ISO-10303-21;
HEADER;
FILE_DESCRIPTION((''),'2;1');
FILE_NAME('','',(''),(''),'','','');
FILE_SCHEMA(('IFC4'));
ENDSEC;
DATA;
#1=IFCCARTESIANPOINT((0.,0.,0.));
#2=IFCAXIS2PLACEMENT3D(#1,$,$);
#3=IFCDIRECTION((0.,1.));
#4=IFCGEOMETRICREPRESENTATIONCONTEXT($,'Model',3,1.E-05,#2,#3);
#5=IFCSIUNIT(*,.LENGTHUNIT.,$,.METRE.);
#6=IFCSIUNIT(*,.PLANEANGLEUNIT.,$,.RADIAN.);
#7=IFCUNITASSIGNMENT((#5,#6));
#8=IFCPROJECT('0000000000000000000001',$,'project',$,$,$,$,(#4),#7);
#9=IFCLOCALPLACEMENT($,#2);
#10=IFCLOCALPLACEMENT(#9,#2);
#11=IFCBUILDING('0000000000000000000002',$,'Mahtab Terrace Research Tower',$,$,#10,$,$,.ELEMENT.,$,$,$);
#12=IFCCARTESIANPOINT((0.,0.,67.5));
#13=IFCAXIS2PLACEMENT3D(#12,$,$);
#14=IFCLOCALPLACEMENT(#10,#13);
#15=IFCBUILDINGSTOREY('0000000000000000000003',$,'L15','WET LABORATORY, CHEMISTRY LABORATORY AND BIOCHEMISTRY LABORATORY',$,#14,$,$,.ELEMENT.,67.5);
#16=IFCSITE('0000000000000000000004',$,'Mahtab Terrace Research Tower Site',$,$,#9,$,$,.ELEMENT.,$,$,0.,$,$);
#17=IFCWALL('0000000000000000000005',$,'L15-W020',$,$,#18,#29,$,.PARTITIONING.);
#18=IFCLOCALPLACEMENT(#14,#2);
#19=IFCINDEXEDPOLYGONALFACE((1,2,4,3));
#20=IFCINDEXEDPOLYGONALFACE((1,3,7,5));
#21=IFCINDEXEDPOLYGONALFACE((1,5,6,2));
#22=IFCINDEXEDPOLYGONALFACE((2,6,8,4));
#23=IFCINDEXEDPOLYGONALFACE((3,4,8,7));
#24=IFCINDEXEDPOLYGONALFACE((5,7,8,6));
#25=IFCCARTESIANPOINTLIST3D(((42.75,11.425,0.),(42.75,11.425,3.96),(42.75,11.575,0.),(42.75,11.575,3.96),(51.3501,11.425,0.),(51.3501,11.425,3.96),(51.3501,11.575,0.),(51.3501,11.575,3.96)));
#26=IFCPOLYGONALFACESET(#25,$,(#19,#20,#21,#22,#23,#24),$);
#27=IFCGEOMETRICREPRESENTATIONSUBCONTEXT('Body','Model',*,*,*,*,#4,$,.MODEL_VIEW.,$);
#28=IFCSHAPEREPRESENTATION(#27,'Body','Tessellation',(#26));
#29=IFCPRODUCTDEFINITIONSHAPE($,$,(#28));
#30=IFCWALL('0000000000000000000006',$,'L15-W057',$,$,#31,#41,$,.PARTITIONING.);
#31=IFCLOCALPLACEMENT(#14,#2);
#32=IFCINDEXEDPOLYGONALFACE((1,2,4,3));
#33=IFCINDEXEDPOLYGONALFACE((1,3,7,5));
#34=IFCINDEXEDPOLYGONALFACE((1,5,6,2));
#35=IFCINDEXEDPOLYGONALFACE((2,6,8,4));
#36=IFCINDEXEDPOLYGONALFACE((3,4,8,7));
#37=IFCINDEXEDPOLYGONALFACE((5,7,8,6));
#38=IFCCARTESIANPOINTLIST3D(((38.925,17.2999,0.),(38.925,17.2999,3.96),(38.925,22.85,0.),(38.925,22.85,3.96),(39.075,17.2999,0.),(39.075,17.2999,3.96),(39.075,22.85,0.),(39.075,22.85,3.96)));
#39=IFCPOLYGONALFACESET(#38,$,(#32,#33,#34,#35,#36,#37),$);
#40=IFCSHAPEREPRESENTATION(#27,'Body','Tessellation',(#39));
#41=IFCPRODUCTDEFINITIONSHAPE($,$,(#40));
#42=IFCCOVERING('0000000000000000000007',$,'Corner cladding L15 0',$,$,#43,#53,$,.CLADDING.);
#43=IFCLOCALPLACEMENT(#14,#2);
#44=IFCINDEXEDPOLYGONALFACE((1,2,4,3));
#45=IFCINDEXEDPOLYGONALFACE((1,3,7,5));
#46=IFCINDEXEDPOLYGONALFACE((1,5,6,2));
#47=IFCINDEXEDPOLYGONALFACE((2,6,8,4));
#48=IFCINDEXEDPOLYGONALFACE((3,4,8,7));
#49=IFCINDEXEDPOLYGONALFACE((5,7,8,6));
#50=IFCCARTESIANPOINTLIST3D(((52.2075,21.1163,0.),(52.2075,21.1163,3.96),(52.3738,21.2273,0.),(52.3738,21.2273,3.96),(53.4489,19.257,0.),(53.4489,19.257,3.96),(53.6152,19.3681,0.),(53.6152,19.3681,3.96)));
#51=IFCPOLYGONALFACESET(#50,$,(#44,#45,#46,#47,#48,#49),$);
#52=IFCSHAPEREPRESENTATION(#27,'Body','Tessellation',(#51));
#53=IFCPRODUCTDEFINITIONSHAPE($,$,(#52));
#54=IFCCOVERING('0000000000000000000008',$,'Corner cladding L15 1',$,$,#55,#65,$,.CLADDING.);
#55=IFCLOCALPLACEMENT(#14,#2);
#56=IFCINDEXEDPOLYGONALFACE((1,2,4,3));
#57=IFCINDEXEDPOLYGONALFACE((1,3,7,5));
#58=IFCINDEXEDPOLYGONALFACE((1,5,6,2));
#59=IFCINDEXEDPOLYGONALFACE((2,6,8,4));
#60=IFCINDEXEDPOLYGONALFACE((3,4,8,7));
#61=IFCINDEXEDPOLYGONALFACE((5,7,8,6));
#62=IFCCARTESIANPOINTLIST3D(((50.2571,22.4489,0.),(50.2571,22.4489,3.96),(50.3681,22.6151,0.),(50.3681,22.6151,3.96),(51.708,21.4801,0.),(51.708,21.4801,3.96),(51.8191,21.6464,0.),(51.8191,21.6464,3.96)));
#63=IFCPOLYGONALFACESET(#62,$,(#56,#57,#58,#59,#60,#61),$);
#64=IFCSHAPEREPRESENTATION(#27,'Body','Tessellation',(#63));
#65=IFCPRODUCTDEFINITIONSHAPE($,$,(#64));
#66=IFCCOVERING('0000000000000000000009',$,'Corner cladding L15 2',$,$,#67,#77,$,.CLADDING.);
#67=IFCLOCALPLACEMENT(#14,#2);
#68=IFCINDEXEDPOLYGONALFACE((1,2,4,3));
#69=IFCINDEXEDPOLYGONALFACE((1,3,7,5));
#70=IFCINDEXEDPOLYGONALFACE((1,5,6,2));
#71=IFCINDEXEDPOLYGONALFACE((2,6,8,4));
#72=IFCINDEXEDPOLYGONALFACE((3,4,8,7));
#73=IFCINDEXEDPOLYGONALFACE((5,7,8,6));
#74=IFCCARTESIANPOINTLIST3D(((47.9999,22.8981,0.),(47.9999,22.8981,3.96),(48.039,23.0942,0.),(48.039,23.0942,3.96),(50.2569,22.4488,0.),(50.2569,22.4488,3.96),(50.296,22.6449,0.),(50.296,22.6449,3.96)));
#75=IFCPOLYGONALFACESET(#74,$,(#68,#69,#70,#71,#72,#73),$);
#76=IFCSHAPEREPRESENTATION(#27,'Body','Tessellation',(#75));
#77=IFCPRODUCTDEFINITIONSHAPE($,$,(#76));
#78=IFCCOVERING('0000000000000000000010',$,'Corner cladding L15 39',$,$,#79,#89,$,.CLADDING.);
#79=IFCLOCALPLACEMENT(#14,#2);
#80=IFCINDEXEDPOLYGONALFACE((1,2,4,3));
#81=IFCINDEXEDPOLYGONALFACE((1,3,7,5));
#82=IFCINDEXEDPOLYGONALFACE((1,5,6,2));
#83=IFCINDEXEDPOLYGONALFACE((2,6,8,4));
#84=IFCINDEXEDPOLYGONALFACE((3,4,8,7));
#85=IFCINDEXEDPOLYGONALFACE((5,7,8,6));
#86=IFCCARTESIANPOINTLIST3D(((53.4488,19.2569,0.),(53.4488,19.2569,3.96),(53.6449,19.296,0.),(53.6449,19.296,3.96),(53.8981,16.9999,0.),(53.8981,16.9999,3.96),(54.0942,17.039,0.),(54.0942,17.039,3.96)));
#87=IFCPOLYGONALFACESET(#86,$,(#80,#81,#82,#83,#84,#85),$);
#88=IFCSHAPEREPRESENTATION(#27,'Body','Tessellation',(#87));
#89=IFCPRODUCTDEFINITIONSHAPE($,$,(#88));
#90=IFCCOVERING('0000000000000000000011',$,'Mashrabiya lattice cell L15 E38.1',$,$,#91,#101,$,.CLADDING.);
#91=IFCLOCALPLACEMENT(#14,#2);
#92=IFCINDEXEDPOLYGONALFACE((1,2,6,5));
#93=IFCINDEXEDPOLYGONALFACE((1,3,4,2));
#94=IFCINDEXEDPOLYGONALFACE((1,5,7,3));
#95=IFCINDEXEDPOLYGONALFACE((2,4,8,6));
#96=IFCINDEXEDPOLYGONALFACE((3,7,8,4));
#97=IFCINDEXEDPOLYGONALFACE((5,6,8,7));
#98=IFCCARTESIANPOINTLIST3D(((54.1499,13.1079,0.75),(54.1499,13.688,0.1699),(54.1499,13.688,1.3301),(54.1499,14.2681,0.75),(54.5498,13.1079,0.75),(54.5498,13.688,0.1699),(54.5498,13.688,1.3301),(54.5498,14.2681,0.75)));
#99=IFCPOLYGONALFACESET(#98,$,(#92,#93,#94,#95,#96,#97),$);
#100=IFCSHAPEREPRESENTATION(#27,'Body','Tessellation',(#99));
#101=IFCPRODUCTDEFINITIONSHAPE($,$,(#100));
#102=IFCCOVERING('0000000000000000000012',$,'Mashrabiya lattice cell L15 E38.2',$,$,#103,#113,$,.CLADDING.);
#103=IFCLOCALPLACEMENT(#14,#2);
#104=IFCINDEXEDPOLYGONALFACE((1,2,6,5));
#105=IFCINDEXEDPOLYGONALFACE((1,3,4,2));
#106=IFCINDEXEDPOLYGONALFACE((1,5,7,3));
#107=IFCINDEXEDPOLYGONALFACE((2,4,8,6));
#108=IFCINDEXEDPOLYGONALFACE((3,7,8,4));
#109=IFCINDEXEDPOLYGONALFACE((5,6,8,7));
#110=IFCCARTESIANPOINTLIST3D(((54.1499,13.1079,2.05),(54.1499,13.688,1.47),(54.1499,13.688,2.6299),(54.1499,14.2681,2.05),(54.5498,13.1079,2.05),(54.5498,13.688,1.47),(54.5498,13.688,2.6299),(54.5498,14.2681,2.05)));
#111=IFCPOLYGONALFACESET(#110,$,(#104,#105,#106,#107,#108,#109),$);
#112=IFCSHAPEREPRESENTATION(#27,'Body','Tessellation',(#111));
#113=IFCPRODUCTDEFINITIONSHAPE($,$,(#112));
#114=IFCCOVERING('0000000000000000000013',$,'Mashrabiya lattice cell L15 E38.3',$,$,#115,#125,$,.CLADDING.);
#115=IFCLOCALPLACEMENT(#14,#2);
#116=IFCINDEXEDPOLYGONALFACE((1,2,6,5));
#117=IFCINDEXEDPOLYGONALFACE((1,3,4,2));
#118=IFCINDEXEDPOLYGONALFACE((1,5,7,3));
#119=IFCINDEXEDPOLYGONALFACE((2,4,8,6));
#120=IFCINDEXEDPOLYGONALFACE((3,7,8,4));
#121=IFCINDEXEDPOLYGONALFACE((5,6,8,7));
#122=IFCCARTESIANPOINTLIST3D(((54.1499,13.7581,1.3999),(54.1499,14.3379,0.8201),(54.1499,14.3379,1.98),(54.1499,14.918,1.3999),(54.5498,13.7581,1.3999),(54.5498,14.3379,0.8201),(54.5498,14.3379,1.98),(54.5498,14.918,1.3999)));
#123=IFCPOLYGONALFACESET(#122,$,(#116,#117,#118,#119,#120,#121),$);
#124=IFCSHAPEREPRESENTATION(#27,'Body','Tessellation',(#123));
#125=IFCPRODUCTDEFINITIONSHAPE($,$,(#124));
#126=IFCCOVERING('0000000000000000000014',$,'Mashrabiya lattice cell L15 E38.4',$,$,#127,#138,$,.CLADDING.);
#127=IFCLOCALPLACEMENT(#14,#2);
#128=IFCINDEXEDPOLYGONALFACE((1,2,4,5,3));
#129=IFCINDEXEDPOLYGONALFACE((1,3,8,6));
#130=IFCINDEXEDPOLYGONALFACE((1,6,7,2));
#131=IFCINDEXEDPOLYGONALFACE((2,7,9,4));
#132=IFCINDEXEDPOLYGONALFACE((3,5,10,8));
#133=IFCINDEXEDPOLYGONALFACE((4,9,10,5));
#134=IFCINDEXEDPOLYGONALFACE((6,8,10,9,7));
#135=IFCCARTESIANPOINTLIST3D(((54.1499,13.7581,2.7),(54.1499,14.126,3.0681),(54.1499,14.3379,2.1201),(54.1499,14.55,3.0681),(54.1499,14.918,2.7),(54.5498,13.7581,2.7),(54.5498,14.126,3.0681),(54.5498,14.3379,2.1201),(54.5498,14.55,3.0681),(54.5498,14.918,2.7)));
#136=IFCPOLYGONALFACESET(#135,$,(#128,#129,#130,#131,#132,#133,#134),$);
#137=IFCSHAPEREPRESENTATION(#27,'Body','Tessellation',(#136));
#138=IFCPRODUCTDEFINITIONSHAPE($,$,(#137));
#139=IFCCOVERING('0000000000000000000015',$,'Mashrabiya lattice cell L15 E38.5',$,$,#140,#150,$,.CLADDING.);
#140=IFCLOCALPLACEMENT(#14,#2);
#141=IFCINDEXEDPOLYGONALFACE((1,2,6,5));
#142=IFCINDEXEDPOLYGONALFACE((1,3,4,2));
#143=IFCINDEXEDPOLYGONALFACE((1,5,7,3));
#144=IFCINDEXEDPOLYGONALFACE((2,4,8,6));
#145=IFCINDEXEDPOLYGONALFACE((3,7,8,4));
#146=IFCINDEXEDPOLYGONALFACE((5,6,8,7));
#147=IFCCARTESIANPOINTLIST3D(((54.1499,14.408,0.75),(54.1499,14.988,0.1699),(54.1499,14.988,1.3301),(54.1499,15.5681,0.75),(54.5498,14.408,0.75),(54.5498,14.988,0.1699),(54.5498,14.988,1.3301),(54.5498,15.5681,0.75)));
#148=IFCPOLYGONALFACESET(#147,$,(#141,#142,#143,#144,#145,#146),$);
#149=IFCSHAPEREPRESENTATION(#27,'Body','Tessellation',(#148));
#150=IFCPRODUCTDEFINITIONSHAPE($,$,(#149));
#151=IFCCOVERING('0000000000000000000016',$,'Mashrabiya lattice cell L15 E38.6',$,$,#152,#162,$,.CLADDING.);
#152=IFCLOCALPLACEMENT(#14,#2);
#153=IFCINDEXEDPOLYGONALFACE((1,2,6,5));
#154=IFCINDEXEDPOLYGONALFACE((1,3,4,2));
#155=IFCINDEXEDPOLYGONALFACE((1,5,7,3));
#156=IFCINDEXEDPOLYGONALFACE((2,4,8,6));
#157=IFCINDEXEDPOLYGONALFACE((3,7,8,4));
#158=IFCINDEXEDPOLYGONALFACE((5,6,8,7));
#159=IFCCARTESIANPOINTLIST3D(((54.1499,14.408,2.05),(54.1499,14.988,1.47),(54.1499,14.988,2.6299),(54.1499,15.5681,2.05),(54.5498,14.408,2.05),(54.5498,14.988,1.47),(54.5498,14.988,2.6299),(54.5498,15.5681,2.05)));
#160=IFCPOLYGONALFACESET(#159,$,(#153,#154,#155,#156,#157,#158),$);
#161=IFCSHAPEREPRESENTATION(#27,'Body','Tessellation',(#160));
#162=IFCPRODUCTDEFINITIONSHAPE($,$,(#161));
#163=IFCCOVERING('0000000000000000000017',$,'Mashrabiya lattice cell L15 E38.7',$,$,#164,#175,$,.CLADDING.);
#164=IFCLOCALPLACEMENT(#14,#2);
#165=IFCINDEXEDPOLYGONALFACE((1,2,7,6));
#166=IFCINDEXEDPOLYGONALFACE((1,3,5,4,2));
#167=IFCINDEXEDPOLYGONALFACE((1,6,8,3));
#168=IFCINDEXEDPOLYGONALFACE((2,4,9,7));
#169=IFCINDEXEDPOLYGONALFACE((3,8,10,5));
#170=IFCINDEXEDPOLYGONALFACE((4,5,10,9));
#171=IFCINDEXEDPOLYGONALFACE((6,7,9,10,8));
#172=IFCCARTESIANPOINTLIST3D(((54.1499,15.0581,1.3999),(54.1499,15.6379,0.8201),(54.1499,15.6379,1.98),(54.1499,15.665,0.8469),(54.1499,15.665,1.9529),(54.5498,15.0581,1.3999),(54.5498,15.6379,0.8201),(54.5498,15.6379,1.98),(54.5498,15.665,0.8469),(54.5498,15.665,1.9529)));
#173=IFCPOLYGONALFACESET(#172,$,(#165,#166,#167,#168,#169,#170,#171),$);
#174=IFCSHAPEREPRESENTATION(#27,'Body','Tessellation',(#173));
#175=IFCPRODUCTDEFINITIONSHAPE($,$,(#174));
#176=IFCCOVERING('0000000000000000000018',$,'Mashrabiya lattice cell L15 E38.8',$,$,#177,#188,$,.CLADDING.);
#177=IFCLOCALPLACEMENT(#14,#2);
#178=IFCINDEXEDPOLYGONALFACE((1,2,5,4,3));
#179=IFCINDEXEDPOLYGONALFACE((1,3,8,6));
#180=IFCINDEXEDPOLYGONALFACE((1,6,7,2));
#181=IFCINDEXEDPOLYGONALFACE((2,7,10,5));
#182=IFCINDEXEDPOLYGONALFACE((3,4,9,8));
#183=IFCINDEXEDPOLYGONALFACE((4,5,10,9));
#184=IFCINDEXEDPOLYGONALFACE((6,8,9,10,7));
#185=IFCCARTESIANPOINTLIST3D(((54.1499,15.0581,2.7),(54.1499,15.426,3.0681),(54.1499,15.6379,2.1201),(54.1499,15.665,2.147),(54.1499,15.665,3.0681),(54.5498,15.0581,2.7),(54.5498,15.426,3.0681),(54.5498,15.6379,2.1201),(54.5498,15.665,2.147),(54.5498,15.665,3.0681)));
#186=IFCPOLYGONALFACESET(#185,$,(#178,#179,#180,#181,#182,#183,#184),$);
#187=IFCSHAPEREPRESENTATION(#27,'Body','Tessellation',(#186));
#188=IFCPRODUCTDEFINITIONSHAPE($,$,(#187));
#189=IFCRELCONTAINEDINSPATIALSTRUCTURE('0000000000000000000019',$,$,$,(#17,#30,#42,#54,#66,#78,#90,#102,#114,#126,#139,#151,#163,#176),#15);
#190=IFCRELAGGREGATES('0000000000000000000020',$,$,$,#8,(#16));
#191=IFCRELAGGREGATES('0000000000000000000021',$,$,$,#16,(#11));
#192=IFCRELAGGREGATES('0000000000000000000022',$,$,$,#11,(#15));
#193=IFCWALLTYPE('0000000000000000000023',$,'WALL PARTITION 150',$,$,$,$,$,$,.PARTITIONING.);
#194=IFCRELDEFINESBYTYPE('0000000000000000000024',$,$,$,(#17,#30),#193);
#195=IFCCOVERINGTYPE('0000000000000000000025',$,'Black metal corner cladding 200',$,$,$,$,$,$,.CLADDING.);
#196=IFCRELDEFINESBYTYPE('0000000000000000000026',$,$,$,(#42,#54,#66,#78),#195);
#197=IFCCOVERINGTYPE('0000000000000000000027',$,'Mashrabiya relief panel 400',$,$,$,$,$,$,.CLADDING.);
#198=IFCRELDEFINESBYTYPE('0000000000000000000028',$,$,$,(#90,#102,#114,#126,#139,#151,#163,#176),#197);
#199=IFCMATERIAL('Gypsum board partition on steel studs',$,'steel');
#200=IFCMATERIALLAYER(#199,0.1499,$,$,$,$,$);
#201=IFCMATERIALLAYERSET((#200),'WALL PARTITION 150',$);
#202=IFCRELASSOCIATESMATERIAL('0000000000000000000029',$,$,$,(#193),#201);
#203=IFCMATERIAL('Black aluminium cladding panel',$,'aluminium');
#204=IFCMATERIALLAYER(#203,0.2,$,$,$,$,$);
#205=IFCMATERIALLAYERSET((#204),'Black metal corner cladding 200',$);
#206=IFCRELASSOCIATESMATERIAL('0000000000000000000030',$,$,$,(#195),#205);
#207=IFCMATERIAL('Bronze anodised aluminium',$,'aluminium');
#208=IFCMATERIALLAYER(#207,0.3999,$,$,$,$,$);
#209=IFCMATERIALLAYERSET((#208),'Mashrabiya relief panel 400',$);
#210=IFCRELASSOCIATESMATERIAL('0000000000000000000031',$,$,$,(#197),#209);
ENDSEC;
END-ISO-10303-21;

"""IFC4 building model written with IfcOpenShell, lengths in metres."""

from ifc_helpers import new_model, si_unit, direction, frame, frame_2d, origin, origin_2d, place, context, subcontext, project, spatial, polyline, rectangle, outline, extrude, material, layer, layer_set, type_object, element, save


model = new_model("IFC4")

# Units and contexts
model_context = context("Model", 3, precision=1e-05, world=origin(), true_north=direction((0.0, 1.0)))
body_context = subcontext(model_context, "Body", "Model", "MODEL_VIEW")
ifc_project = project(units=[si_unit("LENGTHUNIT", "METRE"), si_unit("PLANEANGLEUNIT", "RADIAN")], contexts=[model_context])

# Site, building, storey
site_placement = place(None, origin())
site = spatial("IfcSite", under=ifc_project, at=site_placement, Name="Mahtab Terrace Research Tower Site", CompositionType="ELEMENT", RefElevation=0.0)
building_placement = place(site_placement, origin())
building = spatial("IfcBuilding", under=site, at=building_placement, Name="Mahtab Terrace Research Tower", CompositionType="ELEMENT")
storey_placement = place(building_placement, frame((0.0, 0.0, 67.5)))
storey = spatial("IfcBuildingStorey", under=building, at=storey_placement, Name="L15", Description="WET LABORATORY, CHEMISTRY LABORATORY AND BIOCHEMISTRY LABORATORY", CompositionType="ELEMENT", Elevation=67.5)

# Walls
ifc_material_1 = material(Name="Black aluminium cladding panel", Category="aluminium")
ifc_material_2 = material(Name="Gypsum board partition on steel studs", Category="steel")
ifc_layer_1 = layer(ifc_material_2, 0.1499)
ifc_layer_set_1 = layer_set([ifc_layer_1], Name="WALL PARTITION 150")
wall_type_1 = type_object("IfcWallType", Name="WALL PARTITION 150", PredefinedType="PARTITIONING", material=ifc_layer_set_1)
wall_1_placement = place(storey_placement, frame((42.75, 11.5, 0.0), z_axis=(0.0, 0.0, 1.0), x_axis=(1.0, 0.0, 0.0)))
element("IfcWall", 1, at=wall_1_placement, inside=storey, type_object=wall_type_1, Name="L15-W020", PredefinedType="PARTITIONING", context=body_context, shape_type="SweptSolid", body=[
    extrude(rectangle(XDim=8.6001, YDim=0.1499, at=frame_2d((4.3, 0.0))), origin(), (0.0, 0.0, 1.0), 3.96),
])
wall_2_placement = place(storey_placement, frame((39.0, 17.3, 0.0), z_axis=(0.0, 0.0, 1.0), x_axis=(0.0, 1.0, 0.0)))
element("IfcWall", 2, at=wall_2_placement, inside=storey, type_object=wall_type_1, Name="L15-W057", PredefinedType="PARTITIONING", context=body_context, shape_type="SweptSolid", body=[
    extrude(rectangle(XDim=5.55, YDim=0.1499, at=frame_2d((2.7749, 0.0))), origin(), (0.0, 0.0, 1.0), 3.96),
])

# Coverings
ifc_layer_2 = layer(ifc_material_1, 0.2)
ifc_layer_set_2 = layer_set([ifc_layer_2], Name="Black metal corner cladding 200")
covering_type_1 = type_object("IfcCoveringType", Name="Black metal corner cladding 200", PredefinedType="CLADDING", material=ifc_layer_set_2)
covering_1_placement = place(storey_placement, frame((52.9114, 20.2422, 0.0), z_axis=(0.0, 0.0, 1.0), x_axis=(-0.555291, 0.831656, 0.0)))
element("IfcCovering", 3, at=covering_1_placement, inside=storey, type_object=covering_type_1, Name="Corner cladding L15 0", PredefinedType="CLADDING", context=body_context, shape_type="SweptSolid", body=[
    extrude(rectangle(XDim=2.2356, YDim=0.2, at=origin_2d()), origin(), (0.0, 0.0, 1.0), 3.96),
])
covering_2_placement = place(storey_placement, frame((51.0381, 22.0476, 0.0), z_axis=(0.0, 0.0, 1.0), x_axis=(-0.831656, 0.555291, 0.0)))
element("IfcCovering", 4, at=covering_2_placement, inside=storey, type_object=covering_type_1, Name="Corner cladding L15 1", PredefinedType="CLADDING", context=body_context, shape_type="SweptSolid", body=[
    extrude(rectangle(XDim=1.7446, YDim=0.2, at=origin_2d()), origin(), (0.0, 0.0, 1.0), 3.96),
])
for number, where, z_axis, x_axis, name in (
    (5, (49.1479, 22.7715, 0.0), (0.0, 0.0, 1.0), (-0.980761, 0.195212, 0.0), "Corner cladding L15 2"),
    (6, (53.7715, 18.1479, 0.0), (0.0, 0.0, 1.0), (-0.195212, 0.980761, 0.0), "Corner cladding L15 39"),
):
    element("IfcCovering", number, at=place(storey_placement, frame(where, z_axis=z_axis, x_axis=x_axis)), inside=storey, type_object=covering_type_1, Name=name, PredefinedType="CLADDING", context=body_context, shape_type="SweptSolid", body=[
        extrude(rectangle(XDim=2.3013, YDim=0.2, at=origin_2d()), origin(), (0.0, 0.0, 1.0), 3.96),
    ])
ifc_material_3 = material(Name="Bronze anodised aluminium", Category="aluminium")
ifc_layer_3 = layer(ifc_material_3, 0.3999)
ifc_layer_set_3 = layer_set([ifc_layer_3], Name="Mashrabiya relief panel 400")
covering_type_2 = type_object("IfcCoveringType", Name="Mashrabiya relief panel 400", PredefinedType="CLADDING", material=ifc_layer_set_3)
covering_3_placement = place(storey_placement, frame((54.1499, 13.688, 1.3301), z_axis=(-1.0, 0.0, 0.0), x_axis=(0.0, 0.707107, -0.707107)))
element("IfcCovering", 7, at=covering_3_placement, inside=storey, type_object=covering_type_2, Name="Mashrabiya lattice cell L15 E38.1", PredefinedType="CLADDING", context=body_context, shape_type="SweptSolid", body=[
    extrude(outline(polyline([(0.0, 0.0), (0.8204, 0.0), (0.8204, 0.8204), (0.0, 0.8204), (0.0, 0.0)])), origin(), (0.0, 0.0, -1.0), 0.3999),
])
covering_4_placement = place(storey_placement, frame((54.1499, 13.688, 2.6299), z_axis=(-1.0, 0.0, 0.0), x_axis=(0.0, 0.707256, -0.706958)))
element("IfcCovering", 8, at=covering_4_placement, inside=storey, type_object=covering_type_2, Name="Mashrabiya lattice cell L15 E38.2", PredefinedType="CLADDING", context=body_context, shape_type="SweptSolid", body=[
    extrude(outline(polyline([(0.0, 0.0), (0.8202, 0.0), (0.82, 0.8204), (-0.0003, 0.8202), (0.0, 0.0)])), origin(), (0.0, 0.0, -1.0), 0.3999),
])
covering_5_placement = place(storey_placement, frame((54.1499, 14.3379, 1.98), z_axis=(-1.0, 0.0, 0.0), x_axis=(0.0, 0.707107, -0.707107)))
element("IfcCovering", 9, at=covering_5_placement, inside=storey, type_object=covering_type_2, Name="Mashrabiya lattice cell L15 E38.3", PredefinedType="CLADDING", context=body_context, shape_type="SweptSolid", body=[
    extrude(outline(polyline([(0.0, 0.0), (0.8204, 0.0), (0.8202, 0.8202), (0.0002, 0.8202), (0.0, 0.0)])), origin(), (0.0, 0.0, -1.0), 0.3999),
])
covering_6_placement = place(storey_placement, frame((54.1499, 14.918, 2.7), z_axis=(-1.0, 0.0, 0.0), x_axis=(0.0, -0.707256, -0.706958)))
element("IfcCovering", 10, at=covering_6_placement, inside=storey, type_object=covering_type_2, Name="Mashrabiya lattice cell L15 E38.4", PredefinedType="CLADDING", context=body_context, shape_type="SweptSolid", body=[
    extrude(outline(polyline([(0.0, 0.0), (0.8202, 0.0), (0.8204, 0.82), (0.2999, 0.8203), (-0.0001, 0.5205), (0.0, 0.0)])), origin(), (0.0, 0.0, -1.0), 0.3999),
])
covering_7_placement = place(storey_placement, frame((54.1499, 14.988, 1.3301), z_axis=(-1.0, 0.0, 0.0), x_axis=(0.0, 0.707107, -0.707107)))
element("IfcCovering", 11, at=covering_7_placement, inside=storey, type_object=covering_type_2, Name="Mashrabiya lattice cell L15 E38.5", PredefinedType="CLADDING", context=body_context, shape_type="SweptSolid", body=[
    extrude(outline(polyline([(0.0, 0.0), (0.8204, 0.0), (0.8204, 0.8204), (0.0, 0.8204), (0.0, 0.0)])), origin(), (0.0, 0.0, -1.0), 0.3999),
])
covering_8_placement = place(storey_placement, frame((54.1499, 14.988, 2.6299), z_axis=(-1.0, 0.0, 0.0), x_axis=(0.0, 0.707256, -0.706958)))
element("IfcCovering", 12, at=covering_8_placement, inside=storey, type_object=covering_type_2, Name="Mashrabiya lattice cell L15 E38.6", PredefinedType="CLADDING", context=body_context, shape_type="SweptSolid", body=[
    extrude(outline(polyline([(0.0, 0.0), (0.8202, 0.0), (0.82, 0.8204), (-0.0003, 0.8202), (0.0, 0.0)])), origin(), (0.0, 0.0, -1.0), 0.3999),
])
covering_9_placement = place(storey_placement, frame((54.1499, 15.6379, 0.8201), z_axis=(-1.0, 0.0, 0.0), x_axis=(0.0, -0.707107, 0.707107)))
element("IfcCovering", 13, at=covering_9_placement, inside=storey, type_object=covering_type_2, Name="Mashrabiya lattice cell L15 E38.7", PredefinedType="CLADDING", context=body_context, shape_type="SweptSolid", body=[
    extrude(outline(polyline([(0.0, 0.0), (0.82, 0.0), (0.8202, 0.8202), (0.7819, 0.8202), (-0.0002, 0.0382), (0.0, 0.0)])), origin(), (0.0, 0.0, -1.0), 0.3999),
])
covering_10_placement = place(storey_placement, frame((54.1499, 15.6379, 2.1201), z_axis=(-1.0, 0.0, 0.0), x_axis=(0.0, -0.707107, 0.707107)))
element("IfcCovering", 14, at=covering_10_placement, inside=storey, type_object=covering_type_2, Name="Mashrabiya lattice cell L15 E38.8", PredefinedType="CLADDING", context=body_context, shape_type="SweptSolid", body=[
    extrude(outline(polyline([(0.0, 0.0), (0.82, 0.0), (0.8202, 0.5205), (0.6512, 0.6895), (-0.0002, 0.0382), (0.0, 0.0)])), origin(), (0.0, 0.0, -1.0), 0.3999),
])

save(model, "model.ifc")
